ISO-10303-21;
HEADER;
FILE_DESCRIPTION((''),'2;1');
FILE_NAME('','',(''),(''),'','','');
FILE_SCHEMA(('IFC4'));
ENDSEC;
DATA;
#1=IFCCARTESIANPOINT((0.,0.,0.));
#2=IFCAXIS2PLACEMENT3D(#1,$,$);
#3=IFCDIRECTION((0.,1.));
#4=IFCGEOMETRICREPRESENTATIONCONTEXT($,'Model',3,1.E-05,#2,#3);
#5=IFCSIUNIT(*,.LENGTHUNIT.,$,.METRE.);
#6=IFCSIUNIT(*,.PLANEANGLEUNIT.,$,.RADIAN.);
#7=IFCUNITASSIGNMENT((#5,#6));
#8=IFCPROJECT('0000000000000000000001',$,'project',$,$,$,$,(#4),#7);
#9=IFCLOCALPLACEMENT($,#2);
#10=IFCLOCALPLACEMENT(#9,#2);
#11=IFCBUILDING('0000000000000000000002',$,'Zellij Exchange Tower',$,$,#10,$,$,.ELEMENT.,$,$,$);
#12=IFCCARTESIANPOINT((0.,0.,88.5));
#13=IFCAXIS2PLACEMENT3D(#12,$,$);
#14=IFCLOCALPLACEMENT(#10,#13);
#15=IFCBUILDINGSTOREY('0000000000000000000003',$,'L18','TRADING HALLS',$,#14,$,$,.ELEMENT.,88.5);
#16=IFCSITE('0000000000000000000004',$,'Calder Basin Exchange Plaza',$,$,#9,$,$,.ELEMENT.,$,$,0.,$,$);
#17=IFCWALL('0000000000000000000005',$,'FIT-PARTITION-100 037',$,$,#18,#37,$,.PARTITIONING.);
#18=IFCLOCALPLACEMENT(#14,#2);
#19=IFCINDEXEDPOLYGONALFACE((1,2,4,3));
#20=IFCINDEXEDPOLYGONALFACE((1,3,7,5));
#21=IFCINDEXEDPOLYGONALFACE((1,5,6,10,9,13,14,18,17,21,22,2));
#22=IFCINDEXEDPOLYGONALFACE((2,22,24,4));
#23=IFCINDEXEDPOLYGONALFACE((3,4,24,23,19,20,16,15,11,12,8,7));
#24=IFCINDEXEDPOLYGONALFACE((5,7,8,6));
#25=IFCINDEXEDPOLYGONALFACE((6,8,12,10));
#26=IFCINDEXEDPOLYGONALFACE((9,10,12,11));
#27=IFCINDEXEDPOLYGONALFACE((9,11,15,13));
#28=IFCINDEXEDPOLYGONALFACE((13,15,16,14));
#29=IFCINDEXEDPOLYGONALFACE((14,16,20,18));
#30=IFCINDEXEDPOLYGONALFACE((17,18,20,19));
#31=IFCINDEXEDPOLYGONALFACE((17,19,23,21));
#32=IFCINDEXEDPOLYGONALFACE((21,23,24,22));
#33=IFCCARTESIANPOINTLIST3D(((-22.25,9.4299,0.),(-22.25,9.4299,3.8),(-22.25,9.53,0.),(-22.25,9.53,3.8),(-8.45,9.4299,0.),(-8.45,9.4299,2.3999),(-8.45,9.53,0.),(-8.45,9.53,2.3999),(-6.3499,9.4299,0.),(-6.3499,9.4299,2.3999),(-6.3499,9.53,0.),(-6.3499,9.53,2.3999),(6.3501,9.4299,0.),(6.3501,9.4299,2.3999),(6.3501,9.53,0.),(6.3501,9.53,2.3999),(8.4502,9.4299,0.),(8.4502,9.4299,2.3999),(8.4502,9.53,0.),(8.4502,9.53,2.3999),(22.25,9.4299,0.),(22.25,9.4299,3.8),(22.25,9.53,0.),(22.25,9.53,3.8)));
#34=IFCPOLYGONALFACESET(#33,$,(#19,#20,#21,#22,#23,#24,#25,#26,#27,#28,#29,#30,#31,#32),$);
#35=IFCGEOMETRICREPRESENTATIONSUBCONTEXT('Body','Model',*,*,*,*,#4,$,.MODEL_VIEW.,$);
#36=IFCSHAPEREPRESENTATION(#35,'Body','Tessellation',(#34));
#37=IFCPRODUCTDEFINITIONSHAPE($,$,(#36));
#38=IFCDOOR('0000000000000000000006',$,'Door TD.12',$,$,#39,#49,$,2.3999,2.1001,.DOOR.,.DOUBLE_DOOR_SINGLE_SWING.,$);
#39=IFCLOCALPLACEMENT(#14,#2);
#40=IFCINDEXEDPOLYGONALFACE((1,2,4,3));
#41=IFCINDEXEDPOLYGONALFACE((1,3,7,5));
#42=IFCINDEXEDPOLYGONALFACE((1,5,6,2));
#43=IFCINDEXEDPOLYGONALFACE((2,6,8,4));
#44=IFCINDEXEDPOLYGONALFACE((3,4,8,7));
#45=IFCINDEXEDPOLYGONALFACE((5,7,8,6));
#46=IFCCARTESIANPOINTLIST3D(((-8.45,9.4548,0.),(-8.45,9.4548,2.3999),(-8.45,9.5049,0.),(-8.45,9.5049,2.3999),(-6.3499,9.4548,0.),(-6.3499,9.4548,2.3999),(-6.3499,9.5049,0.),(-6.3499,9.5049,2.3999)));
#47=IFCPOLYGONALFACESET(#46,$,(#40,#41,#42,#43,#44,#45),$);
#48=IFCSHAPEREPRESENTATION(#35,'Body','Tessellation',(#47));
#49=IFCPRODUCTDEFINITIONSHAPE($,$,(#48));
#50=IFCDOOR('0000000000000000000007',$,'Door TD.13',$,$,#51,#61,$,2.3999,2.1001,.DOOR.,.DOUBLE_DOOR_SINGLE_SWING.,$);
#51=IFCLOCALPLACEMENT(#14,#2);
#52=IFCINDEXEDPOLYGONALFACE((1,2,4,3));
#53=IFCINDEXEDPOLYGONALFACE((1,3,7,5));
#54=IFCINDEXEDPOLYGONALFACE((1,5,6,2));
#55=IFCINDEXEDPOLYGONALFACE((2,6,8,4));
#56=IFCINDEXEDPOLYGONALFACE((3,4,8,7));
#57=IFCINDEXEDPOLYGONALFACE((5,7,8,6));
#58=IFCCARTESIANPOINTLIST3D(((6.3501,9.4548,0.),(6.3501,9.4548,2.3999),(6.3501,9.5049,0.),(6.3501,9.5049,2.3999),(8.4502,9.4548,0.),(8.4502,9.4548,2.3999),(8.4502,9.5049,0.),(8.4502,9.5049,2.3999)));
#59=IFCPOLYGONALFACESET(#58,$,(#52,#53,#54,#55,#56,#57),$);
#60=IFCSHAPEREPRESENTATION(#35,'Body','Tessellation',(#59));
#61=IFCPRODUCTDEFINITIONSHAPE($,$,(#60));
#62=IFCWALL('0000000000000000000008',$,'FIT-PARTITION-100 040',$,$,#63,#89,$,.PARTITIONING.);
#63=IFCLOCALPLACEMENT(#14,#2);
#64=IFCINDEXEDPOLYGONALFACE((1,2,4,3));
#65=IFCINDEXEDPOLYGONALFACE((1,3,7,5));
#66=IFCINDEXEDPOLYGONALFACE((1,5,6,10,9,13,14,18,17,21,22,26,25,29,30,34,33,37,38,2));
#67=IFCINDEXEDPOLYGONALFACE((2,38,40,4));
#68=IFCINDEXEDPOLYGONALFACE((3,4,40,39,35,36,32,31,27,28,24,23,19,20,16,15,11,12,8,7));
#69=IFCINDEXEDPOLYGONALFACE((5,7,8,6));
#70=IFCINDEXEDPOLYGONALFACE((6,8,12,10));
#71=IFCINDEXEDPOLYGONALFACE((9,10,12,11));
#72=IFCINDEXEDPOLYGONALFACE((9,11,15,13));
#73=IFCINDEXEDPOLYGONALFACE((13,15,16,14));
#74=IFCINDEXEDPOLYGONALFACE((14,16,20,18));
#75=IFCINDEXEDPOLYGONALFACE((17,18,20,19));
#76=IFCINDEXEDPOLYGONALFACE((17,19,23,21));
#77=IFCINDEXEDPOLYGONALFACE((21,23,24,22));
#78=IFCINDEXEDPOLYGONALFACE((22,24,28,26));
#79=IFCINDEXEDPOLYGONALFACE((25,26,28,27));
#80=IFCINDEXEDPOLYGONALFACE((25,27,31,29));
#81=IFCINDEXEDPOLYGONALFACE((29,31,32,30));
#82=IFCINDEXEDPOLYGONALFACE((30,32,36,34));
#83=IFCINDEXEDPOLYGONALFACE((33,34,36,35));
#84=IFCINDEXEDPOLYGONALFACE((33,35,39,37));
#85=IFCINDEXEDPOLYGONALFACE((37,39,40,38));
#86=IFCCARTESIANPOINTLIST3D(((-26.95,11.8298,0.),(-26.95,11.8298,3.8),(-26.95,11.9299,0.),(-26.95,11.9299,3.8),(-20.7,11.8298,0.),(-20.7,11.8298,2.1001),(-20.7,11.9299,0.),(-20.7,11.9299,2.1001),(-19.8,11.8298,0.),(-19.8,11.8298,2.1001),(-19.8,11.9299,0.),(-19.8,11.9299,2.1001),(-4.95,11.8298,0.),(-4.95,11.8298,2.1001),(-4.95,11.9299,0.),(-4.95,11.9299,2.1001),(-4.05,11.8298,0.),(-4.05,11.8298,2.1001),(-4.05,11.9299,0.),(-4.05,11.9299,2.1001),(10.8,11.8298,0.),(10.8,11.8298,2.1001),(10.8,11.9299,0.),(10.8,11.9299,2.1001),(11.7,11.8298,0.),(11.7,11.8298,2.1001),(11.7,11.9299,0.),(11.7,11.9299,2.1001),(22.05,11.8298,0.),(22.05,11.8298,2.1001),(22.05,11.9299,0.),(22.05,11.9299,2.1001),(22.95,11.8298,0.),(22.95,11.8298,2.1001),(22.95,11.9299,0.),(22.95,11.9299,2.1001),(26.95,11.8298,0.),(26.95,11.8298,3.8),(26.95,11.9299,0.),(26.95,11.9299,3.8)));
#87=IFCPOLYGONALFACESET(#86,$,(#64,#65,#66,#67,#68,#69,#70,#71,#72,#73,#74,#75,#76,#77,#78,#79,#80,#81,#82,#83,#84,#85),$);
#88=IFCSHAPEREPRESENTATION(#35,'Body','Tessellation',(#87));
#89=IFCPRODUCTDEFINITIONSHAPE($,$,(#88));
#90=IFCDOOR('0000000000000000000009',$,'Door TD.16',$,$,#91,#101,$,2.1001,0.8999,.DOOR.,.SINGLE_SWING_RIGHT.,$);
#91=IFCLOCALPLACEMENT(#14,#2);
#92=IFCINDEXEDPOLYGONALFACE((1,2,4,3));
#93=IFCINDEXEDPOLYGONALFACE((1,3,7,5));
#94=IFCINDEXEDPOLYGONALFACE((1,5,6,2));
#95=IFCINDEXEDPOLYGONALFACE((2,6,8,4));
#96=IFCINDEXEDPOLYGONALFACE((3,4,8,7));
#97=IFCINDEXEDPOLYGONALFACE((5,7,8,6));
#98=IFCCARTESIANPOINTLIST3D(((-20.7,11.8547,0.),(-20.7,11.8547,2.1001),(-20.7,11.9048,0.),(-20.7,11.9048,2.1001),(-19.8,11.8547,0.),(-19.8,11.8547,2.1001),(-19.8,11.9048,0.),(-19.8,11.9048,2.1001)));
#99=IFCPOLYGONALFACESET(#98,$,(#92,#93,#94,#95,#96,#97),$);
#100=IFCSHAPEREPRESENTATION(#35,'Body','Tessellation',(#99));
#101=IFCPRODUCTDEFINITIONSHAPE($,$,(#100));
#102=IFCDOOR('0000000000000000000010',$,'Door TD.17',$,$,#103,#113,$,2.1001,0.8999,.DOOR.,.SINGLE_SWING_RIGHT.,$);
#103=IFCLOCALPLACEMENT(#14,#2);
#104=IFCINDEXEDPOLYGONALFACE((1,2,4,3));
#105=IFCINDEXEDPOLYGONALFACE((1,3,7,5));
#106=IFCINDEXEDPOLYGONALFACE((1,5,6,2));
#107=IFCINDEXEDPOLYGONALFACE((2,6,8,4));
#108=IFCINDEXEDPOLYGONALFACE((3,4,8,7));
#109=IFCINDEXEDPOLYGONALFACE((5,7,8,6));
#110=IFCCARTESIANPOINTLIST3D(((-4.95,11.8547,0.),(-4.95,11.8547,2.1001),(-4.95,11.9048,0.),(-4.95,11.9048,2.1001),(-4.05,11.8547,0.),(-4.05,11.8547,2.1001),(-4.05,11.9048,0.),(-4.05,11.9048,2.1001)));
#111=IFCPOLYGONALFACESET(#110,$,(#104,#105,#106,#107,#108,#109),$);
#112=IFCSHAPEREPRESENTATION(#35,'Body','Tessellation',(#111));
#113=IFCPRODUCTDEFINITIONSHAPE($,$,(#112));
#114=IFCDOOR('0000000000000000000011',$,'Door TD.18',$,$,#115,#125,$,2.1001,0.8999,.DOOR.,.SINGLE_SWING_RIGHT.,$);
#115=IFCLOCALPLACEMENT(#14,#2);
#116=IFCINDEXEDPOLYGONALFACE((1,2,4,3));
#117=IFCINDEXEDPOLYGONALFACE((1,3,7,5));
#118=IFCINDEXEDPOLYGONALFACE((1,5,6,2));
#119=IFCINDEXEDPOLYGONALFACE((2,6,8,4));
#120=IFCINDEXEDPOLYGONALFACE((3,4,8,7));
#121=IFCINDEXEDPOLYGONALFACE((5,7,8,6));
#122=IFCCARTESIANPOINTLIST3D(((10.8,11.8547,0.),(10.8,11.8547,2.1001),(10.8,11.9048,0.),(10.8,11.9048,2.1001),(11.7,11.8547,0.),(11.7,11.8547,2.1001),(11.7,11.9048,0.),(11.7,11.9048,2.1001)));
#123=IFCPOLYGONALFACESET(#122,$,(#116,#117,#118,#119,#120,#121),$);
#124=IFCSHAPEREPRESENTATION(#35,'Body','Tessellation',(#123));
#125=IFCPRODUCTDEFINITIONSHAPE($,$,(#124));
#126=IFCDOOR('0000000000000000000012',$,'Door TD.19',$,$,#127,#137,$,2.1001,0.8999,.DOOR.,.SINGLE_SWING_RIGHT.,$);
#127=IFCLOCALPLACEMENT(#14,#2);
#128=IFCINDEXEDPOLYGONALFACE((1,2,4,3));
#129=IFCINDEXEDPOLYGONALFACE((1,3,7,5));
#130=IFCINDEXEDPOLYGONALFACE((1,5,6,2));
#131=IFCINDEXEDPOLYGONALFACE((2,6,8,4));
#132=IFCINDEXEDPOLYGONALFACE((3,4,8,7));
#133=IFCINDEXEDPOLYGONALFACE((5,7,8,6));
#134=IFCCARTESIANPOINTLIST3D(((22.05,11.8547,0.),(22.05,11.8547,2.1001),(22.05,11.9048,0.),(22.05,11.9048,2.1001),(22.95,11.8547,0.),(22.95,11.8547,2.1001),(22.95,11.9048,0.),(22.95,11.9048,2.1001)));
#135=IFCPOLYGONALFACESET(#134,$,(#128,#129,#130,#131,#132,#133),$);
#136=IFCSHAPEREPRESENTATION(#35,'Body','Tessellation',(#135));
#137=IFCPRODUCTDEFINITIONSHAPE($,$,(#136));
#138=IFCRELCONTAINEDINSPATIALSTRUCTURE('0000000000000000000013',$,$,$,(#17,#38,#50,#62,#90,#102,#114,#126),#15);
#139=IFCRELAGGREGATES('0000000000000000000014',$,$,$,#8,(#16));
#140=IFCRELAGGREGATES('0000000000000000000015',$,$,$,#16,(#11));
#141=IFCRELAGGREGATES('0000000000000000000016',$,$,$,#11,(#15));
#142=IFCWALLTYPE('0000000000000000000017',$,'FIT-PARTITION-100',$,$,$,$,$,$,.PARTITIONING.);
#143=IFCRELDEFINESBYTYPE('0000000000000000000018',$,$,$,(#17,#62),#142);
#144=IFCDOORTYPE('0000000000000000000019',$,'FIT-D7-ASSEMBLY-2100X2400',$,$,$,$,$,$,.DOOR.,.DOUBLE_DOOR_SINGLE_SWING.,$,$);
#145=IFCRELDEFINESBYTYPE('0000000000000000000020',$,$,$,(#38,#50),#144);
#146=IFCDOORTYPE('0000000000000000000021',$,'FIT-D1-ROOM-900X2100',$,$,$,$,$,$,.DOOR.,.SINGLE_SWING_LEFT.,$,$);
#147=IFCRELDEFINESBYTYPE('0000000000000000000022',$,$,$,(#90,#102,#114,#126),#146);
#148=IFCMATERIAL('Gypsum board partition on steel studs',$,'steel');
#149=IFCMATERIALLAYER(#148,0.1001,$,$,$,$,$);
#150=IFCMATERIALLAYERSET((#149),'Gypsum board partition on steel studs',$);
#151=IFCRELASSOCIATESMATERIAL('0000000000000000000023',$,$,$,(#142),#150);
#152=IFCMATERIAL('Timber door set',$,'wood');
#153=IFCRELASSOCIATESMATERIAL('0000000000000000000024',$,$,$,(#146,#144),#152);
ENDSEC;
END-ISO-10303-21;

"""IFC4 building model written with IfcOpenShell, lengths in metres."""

from ifc_helpers import new_model, si_unit, direction, frame, frame_2d, origin, place, context, subcontext, project, spatial, rectangle, extrude, material, layer, layer_set, type_object, element, fill, save


model = new_model("IFC4")

# Units and contexts
model_context = context("Model", 3, precision=1e-05, world=origin(), true_north=direction((0.0, 1.0)))
body_context = subcontext(model_context, "Body", "Model", "MODEL_VIEW")
ifc_project = project(units=[si_unit("LENGTHUNIT", "METRE"), si_unit("PLANEANGLEUNIT", "RADIAN")], contexts=[model_context])

# Site, building, storey
site_placement = place(None, origin())
site = spatial("IfcSite", under=ifc_project, at=site_placement, Name="Calder Basin Exchange Plaza", CompositionType="ELEMENT", RefElevation=0.0)
building_placement = place(site_placement, origin())
building = spatial("IfcBuilding", under=site, at=building_placement, Name="Zellij Exchange Tower", CompositionType="ELEMENT")
storey_placement = place(building_placement, frame((0.0, 0.0, 88.5)))
storey = spatial("IfcBuildingStorey", under=building, at=storey_placement, Name="L18", Description="TRADING HALLS", CompositionType="ELEMENT", Elevation=88.5)

# Shared definitions
ifc_material_1 = material(Name="Gypsum board partition on steel studs", Category="steel")
ifc_layer_1 = layer(ifc_material_1, 0.1001)
ifc_layer_set_1 = layer_set([ifc_layer_1], Name="Gypsum board partition on steel studs")
wall_type_1 = type_object("IfcWallType", Name="FIT-PARTITION-100", PredefinedType="PARTITIONING", material=ifc_layer_set_1)
ifc_material_2 = material(Name="Timber door set", Category="wood")
door_type_1 = type_object("IfcDoorType", Name="FIT-D1-ROOM-900X2100", OperationType="SINGLE_SWING_LEFT", PredefinedType="DOOR", material=ifc_material_2)

# Walls, openings, doors
wall_1_placement = place(storey_placement, frame((-22.25, 9.48, 0.0), z_axis=(0.0, 0.0, 1.0), x_axis=(1.0, 0.0, 0.0)))
wall_1 = element("IfcWall", 1, at=wall_1_placement, inside=storey, type_object=wall_type_1, Name="FIT-PARTITION-100 037", PredefinedType="PARTITIONING", context=body_context, shape_type="SweptSolid", body=[
    extrude(rectangle(XDim=44.5, YDim=0.1001, at=frame_2d((22.25, 0.0))), origin(), (0.0, 0.0, 1.0), 3.8),
])
opening_1_placement = place(wall_1_placement, frame((13.8, 0.0, 0.0)))
opening_1 = element("IfcOpeningElement", 2, at=opening_1_placement, cuts=wall_1, PredefinedType="OPENING", context=body_context, shape_type="SweptSolid", body=[
    extrude(rectangle(XDim=2.1001, YDim=2.3999, at=frame_2d((1.05, 1.2))), frame((0.0, 0.062, 0.0), z_axis=(0.0, -1.0, 0.0), x_axis=(1.0, 0.0, 0.0)), (0.0, 0.0, 1.0), 0.124),
])
opening_2_placement = place(wall_1_placement, frame((28.6001, 0.0, 0.0)))
opening_2 = element("IfcOpeningElement", 3, at=opening_2_placement, cuts=wall_1, PredefinedType="OPENING", context=body_context, shape_type="SweptSolid", body=[
    extrude(rectangle(XDim=2.1001, YDim=2.3999, at=frame_2d((1.05, 1.2))), frame((0.0, 0.062, 0.0), z_axis=(0.0, -1.0, 0.0), x_axis=(1.0, 0.0, 0.0)), (0.0, 0.0, 1.0), 0.124),
])
door_type_2 = type_object("IfcDoorType", Name="FIT-D7-ASSEMBLY-2100X2400", OperationType="DOUBLE_DOOR_SINGLE_SWING", PredefinedType="DOOR", material=ifc_material_2)
door_1_placement = place(opening_1_placement, origin())
door_1 = element("IfcDoor", 4, at=door_1_placement, inside=storey, type_object=door_type_2, Name="Door TD.12", OperationType="DOUBLE_DOOR_SINGLE_SWING", OverallHeight=2.3999, OverallWidth=2.1001, PredefinedType="DOOR", context=body_context, shape_type="SweptSolid", body=[
    extrude(rectangle(XDim=2.1001, YDim=2.3999, at=frame_2d((1.05, 1.2))), frame((0.0, 0.0249, 0.0), z_axis=(0.0, -1.0, 0.0), x_axis=(1.0, 0.0, 0.0)), (0.0, 0.0, 1.0), 0.05),
])
fill(opening_1, door_1)
door_2_placement = place(opening_2_placement, origin())
door_2 = element("IfcDoor", 5, at=door_2_placement, inside=storey, type_object=door_type_2, Name="Door TD.13", OperationType="DOUBLE_DOOR_SINGLE_SWING", OverallHeight=2.3999, OverallWidth=2.1001, PredefinedType="DOOR", context=body_context, shape_type="SweptSolid", body=[
    extrude(rectangle(XDim=2.1001, YDim=2.3999, at=frame_2d((1.05, 1.2))), frame((0.0, 0.0249, 0.0), z_axis=(0.0, -1.0, 0.0), x_axis=(1.0, 0.0, 0.0)), (0.0, 0.0, 1.0), 0.05),
])
fill(opening_2, door_2)
wall_2_placement = place(storey_placement, frame((-26.95, 11.8799, 0.0), z_axis=(0.0, 0.0, 1.0), x_axis=(1.0, 0.0, 0.0)))
wall_2 = element("IfcWall", 6, at=wall_2_placement, inside=storey, type_object=wall_type_1, Name="FIT-PARTITION-100 040", PredefinedType="PARTITIONING", context=body_context, shape_type="SweptSolid", body=[
    extrude(rectangle(XDim=53.8999, YDim=0.1001, at=frame_2d((26.95, 0.0))), origin(), (0.0, 0.0, 1.0), 3.8),
])
opening_3_placement = place(wall_2_placement, frame((6.25, 0.0, 0.0)))
opening_3 = element("IfcOpeningElement", 7, at=opening_3_placement, cuts=wall_2, PredefinedType="OPENING", context=body_context, shape_type="SweptSolid", body=[
    extrude(rectangle(XDim=0.8999, YDim=2.1001, at=frame_2d((0.45, 1.05))), frame((0.0, 0.062, 0.0), z_axis=(0.0, -1.0, 0.0), x_axis=(1.0, 0.0, 0.0)), (0.0, 0.0, 1.0), 0.124),
])
opening_4_placement = place(wall_2_placement, frame((22.0, 0.0, 0.0)))
opening_4 = element("IfcOpeningElement", 8, at=opening_4_placement, cuts=wall_2, PredefinedType="OPENING", context=body_context, shape_type="SweptSolid", body=[
    extrude(rectangle(XDim=0.8999, YDim=2.1001, at=frame_2d((0.45, 1.05))), frame((0.0, 0.062, 0.0), z_axis=(0.0, -1.0, 0.0), x_axis=(1.0, 0.0, 0.0)), (0.0, 0.0, 1.0), 0.124),
])
opening_5_placement = place(wall_2_placement, frame((37.75, 0.0, 0.0)))
opening_5 = element("IfcOpeningElement", 9, at=opening_5_placement, cuts=wall_2, PredefinedType="OPENING", context=body_context, shape_type="SweptSolid", body=[
    extrude(rectangle(XDim=0.8999, YDim=2.1001, at=frame_2d((0.45, 1.05))), frame((0.0, 0.062, 0.0), z_axis=(0.0, -1.0, 0.0), x_axis=(1.0, 0.0, 0.0)), (0.0, 0.0, 1.0), 0.124),
])
opening_6_placement = place(wall_2_placement, frame((49.0, 0.0, 0.0)))
opening_6 = element("IfcOpeningElement", 10, at=opening_6_placement, cuts=wall_2, PredefinedType="OPENING", context=body_context, shape_type="SweptSolid", body=[
    extrude(rectangle(XDim=0.8999, YDim=2.1001, at=frame_2d((0.45, 1.05))), frame((0.0, 0.062, 0.0), z_axis=(0.0, -1.0, 0.0), x_axis=(1.0, 0.0, 0.0)), (0.0, 0.0, 1.0), 0.124),
])
door_3_placement = place(opening_3_placement, origin())
door_3 = element("IfcDoor", 11, at=door_3_placement, inside=storey, type_object=door_type_1, Name="Door TD.16", OperationType="SINGLE_SWING_RIGHT", OverallHeight=2.1001, OverallWidth=0.8999, PredefinedType="DOOR", context=body_context, shape_type="SweptSolid", body=[
    extrude(rectangle(XDim=0.8999, YDim=2.1001, at=frame_2d((0.45, 1.05))), frame((0.0, 0.0249, 0.0), z_axis=(0.0, -1.0, 0.0), x_axis=(1.0, 0.0, 0.0)), (0.0, 0.0, 1.0), 0.05),
])
fill(opening_3, door_3)
door_4_placement = place(opening_4_placement, origin())
door_4 = element("IfcDoor", 12, at=door_4_placement, inside=storey, type_object=door_type_1, Name="Door TD.17", OperationType="SINGLE_SWING_RIGHT", OverallHeight=2.1001, OverallWidth=0.8999, PredefinedType="DOOR", context=body_context, shape_type="SweptSolid", body=[
    extrude(rectangle(XDim=0.8999, YDim=2.1001, at=frame_2d((0.45, 1.05))), frame((0.0, 0.0249, 0.0), z_axis=(0.0, -1.0, 0.0), x_axis=(1.0, 0.0, 0.0)), (0.0, 0.0, 1.0), 0.05),
])
fill(opening_4, door_4)
door_5_placement = place(opening_5_placement, origin())
door_5 = element("IfcDoor", 13, at=door_5_placement, inside=storey, type_object=door_type_1, Name="Door TD.18", OperationType="SINGLE_SWING_RIGHT", OverallHeight=2.1001, OverallWidth=0.8999, PredefinedType="DOOR", context=body_context, shape_type="SweptSolid", body=[
    extrude(rectangle(XDim=0.8999, YDim=2.1001, at=frame_2d((0.45, 1.05))), frame((0.0, 0.0249, 0.0), z_axis=(0.0, -1.0, 0.0), x_axis=(1.0, 0.0, 0.0)), (0.0, 0.0, 1.0), 0.05),
])
fill(opening_5, door_5)
door_6_placement = place(opening_6_placement, origin())
door_6 = element("IfcDoor", 14, at=door_6_placement, inside=storey, type_object=door_type_1, Name="Door TD.19", OperationType="SINGLE_SWING_RIGHT", OverallHeight=2.1001, OverallWidth=0.8999, PredefinedType="DOOR", context=body_context, shape_type="SweptSolid", body=[
    extrude(rectangle(XDim=0.8999, YDim=2.1001, at=frame_2d((0.45, 1.05))), frame((0.0, 0.0249, 0.0), z_axis=(0.0, -1.0, 0.0), x_axis=(1.0, 0.0, 0.0)), (0.0, 0.0, 1.0), 0.05),
])
fill(opening_6, door_6)

save(model, "model.ifc")
